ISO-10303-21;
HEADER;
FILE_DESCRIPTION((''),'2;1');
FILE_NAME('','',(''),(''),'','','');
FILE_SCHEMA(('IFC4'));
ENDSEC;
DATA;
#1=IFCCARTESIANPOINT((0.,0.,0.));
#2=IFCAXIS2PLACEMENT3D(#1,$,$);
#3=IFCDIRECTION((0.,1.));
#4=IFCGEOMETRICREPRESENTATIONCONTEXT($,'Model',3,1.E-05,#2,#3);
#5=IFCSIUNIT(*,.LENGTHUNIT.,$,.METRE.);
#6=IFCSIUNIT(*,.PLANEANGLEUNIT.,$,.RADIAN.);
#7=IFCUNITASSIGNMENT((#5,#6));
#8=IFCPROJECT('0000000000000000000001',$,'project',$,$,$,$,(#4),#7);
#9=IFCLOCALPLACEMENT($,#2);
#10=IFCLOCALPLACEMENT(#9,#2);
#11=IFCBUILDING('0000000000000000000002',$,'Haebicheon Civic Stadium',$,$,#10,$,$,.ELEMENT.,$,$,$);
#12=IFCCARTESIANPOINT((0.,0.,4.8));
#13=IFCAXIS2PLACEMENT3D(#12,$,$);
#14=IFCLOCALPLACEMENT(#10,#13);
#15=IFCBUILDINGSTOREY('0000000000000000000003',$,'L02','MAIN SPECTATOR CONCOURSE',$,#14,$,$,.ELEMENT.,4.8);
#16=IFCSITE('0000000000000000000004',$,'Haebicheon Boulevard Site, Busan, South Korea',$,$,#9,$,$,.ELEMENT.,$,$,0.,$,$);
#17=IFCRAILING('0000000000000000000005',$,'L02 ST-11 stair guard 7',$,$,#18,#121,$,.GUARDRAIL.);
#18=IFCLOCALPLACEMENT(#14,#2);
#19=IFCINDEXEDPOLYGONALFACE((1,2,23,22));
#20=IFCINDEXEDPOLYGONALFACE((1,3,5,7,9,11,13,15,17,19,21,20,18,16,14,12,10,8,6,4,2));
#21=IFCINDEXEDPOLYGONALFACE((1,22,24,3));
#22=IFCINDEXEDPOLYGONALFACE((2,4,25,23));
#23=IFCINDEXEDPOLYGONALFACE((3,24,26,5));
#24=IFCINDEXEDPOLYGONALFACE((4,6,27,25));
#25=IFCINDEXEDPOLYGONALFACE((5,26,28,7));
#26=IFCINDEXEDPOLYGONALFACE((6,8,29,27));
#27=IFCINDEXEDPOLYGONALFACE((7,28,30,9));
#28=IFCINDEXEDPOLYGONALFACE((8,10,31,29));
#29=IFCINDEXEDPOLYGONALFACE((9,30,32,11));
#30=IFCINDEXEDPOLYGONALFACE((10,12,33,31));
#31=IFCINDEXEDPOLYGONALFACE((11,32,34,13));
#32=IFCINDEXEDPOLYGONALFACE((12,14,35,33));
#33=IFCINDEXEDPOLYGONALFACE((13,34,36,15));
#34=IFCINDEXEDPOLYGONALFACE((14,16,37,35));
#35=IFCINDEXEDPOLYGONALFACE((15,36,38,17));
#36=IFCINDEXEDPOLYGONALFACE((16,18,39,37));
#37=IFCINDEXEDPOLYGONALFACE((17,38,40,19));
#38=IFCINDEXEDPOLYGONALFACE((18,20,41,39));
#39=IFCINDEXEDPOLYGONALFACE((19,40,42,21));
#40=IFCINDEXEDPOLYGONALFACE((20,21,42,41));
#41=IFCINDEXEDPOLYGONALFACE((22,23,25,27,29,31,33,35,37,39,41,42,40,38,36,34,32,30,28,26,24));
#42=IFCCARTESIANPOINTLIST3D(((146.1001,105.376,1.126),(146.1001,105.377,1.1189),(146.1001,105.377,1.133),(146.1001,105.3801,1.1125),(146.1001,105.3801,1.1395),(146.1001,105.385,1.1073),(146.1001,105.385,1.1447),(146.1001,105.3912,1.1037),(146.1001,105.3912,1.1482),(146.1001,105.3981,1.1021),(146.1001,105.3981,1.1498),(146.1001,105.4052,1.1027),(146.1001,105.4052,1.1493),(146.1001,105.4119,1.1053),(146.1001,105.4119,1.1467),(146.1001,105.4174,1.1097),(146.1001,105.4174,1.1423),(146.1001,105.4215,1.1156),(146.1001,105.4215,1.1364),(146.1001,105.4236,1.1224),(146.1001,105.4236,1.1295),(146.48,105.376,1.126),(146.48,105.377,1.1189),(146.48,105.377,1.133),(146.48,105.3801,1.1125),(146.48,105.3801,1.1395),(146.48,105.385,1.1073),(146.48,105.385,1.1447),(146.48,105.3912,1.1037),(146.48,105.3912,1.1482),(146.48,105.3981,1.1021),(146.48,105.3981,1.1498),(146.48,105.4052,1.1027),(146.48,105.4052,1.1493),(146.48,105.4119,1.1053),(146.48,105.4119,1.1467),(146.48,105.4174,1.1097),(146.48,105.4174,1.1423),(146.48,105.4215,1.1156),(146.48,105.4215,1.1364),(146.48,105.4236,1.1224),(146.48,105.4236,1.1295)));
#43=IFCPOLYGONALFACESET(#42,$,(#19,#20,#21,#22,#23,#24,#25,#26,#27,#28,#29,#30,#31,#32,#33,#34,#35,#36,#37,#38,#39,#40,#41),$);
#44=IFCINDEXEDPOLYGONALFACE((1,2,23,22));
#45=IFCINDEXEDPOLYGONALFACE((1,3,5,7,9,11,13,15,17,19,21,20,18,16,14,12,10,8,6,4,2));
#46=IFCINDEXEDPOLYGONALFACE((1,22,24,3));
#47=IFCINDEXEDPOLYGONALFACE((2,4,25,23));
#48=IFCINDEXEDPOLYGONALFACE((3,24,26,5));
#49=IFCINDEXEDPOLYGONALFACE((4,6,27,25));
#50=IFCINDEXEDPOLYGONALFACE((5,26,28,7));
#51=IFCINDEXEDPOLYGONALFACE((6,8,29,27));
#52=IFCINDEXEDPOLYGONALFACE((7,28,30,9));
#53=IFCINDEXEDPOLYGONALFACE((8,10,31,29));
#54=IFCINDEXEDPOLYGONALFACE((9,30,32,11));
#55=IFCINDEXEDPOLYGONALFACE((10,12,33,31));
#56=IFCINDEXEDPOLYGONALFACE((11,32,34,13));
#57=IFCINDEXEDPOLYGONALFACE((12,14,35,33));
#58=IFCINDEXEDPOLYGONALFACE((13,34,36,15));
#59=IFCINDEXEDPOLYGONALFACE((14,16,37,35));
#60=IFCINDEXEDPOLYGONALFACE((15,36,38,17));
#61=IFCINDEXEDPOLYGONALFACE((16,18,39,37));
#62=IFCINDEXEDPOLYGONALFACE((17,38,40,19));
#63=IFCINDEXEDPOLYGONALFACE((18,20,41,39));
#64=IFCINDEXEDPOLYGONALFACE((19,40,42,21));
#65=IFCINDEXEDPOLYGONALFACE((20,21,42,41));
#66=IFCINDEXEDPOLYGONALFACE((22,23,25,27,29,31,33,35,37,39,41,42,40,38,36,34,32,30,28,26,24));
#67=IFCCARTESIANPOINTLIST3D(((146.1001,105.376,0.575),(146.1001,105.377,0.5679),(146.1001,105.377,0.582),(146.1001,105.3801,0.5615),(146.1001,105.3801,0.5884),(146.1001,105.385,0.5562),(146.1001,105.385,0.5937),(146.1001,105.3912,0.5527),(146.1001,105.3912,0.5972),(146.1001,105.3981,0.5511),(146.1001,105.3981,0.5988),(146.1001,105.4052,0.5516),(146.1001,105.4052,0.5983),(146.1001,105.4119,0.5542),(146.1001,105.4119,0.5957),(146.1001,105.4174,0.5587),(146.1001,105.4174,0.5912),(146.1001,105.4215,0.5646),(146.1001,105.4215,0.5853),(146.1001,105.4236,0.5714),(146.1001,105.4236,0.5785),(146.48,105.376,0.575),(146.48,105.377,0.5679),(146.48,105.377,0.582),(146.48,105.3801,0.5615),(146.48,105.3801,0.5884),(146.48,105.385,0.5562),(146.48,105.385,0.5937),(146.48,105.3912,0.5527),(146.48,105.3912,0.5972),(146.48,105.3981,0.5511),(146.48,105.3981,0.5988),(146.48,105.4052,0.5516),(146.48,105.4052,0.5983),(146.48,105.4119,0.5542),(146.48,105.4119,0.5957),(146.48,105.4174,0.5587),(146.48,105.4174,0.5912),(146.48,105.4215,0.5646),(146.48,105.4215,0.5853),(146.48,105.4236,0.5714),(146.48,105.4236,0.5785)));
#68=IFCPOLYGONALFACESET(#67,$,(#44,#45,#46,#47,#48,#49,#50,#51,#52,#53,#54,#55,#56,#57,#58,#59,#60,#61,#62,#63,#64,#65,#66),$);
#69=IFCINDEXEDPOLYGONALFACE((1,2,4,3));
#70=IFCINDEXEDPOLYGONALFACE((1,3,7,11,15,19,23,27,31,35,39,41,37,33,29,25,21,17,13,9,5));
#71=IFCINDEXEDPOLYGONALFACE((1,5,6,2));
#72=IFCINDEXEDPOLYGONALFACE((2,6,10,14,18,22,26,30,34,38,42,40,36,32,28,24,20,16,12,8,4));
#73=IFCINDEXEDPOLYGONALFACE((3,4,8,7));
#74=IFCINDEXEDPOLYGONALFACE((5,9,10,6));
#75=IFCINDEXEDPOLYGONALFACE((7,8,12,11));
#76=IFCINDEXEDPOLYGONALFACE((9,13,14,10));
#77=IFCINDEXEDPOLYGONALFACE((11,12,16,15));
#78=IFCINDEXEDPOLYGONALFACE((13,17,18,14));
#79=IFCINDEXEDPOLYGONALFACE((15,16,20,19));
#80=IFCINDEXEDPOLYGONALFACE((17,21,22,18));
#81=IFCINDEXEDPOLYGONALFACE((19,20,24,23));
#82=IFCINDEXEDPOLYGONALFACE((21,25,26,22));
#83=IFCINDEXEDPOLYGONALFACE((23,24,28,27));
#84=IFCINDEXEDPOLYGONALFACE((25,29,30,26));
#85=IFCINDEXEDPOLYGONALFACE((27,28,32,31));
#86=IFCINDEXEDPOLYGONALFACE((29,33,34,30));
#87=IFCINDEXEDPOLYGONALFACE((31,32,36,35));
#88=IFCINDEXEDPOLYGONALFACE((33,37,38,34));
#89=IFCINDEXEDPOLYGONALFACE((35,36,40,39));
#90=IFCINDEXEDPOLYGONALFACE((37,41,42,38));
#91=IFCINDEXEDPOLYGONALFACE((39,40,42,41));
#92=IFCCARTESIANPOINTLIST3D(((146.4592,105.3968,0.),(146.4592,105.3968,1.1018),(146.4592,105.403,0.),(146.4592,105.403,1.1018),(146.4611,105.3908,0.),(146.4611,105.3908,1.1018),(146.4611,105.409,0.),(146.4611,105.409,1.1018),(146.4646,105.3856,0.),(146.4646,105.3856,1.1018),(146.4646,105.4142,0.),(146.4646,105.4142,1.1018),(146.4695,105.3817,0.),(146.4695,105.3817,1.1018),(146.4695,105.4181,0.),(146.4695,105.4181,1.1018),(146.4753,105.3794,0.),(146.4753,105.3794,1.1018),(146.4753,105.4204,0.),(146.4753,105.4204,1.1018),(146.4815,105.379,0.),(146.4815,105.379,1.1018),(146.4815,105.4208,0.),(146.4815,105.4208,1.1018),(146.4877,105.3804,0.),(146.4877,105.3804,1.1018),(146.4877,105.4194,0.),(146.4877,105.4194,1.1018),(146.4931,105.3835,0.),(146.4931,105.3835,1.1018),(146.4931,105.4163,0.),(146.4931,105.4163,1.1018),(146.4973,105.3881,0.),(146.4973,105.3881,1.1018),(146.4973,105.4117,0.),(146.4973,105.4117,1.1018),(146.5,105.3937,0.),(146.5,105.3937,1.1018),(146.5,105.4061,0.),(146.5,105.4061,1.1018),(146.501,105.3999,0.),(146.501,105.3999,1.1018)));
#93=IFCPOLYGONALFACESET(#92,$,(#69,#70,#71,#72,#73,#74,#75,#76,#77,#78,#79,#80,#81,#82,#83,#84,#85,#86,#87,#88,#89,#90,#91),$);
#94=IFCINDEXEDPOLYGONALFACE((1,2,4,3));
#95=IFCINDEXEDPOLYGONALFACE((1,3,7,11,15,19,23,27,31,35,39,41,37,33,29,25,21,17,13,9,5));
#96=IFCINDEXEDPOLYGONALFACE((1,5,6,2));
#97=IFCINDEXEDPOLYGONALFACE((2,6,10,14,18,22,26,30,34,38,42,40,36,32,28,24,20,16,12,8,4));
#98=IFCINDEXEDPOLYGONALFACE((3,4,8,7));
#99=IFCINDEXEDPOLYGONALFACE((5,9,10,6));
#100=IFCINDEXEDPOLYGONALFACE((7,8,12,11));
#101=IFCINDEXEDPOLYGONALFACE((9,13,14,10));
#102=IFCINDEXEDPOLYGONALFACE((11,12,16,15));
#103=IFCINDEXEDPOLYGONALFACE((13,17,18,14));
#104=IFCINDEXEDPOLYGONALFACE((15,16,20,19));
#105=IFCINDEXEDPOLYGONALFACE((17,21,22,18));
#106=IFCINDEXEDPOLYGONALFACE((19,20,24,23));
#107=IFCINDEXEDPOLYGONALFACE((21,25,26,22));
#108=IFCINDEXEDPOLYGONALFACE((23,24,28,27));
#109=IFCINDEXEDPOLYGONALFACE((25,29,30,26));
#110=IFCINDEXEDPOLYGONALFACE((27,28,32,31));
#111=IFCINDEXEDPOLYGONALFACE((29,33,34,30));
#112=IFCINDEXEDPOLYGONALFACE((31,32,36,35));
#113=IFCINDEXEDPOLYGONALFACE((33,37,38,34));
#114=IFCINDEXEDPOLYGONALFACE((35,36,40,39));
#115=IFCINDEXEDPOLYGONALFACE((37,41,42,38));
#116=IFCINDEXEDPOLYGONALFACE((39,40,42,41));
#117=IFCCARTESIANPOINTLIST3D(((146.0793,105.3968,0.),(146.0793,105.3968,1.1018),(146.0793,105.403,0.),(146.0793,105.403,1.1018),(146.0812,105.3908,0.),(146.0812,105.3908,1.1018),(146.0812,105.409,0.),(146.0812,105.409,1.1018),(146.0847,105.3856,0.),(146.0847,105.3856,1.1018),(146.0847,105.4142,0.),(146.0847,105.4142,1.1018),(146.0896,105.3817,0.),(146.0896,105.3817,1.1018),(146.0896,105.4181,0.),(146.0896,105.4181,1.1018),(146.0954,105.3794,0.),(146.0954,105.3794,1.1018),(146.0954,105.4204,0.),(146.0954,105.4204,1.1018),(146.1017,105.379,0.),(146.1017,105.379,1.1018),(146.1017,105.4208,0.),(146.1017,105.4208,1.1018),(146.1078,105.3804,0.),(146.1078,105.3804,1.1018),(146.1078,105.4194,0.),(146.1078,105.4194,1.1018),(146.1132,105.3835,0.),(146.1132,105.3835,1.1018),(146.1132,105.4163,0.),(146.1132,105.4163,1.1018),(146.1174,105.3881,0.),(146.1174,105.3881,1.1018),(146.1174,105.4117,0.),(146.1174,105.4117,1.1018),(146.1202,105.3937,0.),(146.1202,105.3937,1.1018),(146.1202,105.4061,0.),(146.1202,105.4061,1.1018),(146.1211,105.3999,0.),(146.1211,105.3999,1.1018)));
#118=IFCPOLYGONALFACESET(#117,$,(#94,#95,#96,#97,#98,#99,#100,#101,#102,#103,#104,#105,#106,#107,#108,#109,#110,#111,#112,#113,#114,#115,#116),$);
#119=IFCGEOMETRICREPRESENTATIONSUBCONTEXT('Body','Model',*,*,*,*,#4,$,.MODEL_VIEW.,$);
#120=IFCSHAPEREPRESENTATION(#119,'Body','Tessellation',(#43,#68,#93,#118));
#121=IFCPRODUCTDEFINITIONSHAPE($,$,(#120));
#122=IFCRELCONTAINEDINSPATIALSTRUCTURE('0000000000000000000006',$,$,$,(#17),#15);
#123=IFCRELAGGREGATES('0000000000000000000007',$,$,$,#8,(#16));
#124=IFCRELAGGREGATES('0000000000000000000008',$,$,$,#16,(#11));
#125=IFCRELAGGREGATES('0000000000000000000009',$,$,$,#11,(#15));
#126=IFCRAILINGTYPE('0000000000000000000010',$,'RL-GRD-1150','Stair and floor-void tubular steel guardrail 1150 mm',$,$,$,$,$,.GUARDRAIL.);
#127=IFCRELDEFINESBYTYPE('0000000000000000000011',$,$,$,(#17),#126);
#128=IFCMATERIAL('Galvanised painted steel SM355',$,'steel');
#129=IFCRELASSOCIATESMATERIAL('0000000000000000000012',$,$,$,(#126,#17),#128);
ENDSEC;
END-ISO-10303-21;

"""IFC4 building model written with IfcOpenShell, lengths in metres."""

from ifc_helpers import new_model, si_unit, direction, frame, origin, origin_2d, place, context, subcontext, project, spatial, circle, extrude, material, type_object, element, save


model = new_model("IFC4")

# Units and contexts
model_context = context("Model", 3, precision=1e-05, world=origin(), true_north=direction((0.0, 1.0)))
body_context = subcontext(model_context, "Body", "Model", "MODEL_VIEW")
ifc_project = project(units=[si_unit("LENGTHUNIT", "METRE"), si_unit("PLANEANGLEUNIT", "RADIAN")], contexts=[model_context])

# Site, building, storey
site_placement = place(None, origin())
site = spatial("IfcSite", under=ifc_project, at=site_placement, Name="Haebicheon Boulevard Site, Busan, South Korea", CompositionType="ELEMENT", RefElevation=0.0)
building_placement = place(site_placement, origin())
building = spatial("IfcBuilding", under=site, at=building_placement, Name="Haebicheon Civic Stadium", CompositionType="ELEMENT")
storey_placement = place(building_placement, frame((0.0, 0.0, 4.8)))
storey = spatial("IfcBuildingStorey", under=building, at=storey_placement, Name="L02", Description="MAIN SPECTATOR CONCOURSE", CompositionType="ELEMENT", Elevation=4.8)

# Railing
ifc_material_1 = material(Name="Galvanised painted steel SM355", Category="steel")
railing_type_1 = type_object("IfcRailingType", Name="RL-GRD-1150", Description="Stair and floor-void tubular steel guardrail 1150 mm", PredefinedType="GUARDRAIL", material=ifc_material_1)
railing_1_placement = place(storey_placement, frame((146.48, 105.3999, 0.0)))
element("IfcRailing", 1, at=railing_1_placement, inside=storey, type_object=railing_type_1, material=ifc_material_1, Name="L02 ST-11 stair guard 7", PredefinedType="GUARDRAIL", context=body_context, shape_type="SweptSolid", body=[
    extrude(circle(Radius=0.0239, at=origin_2d()), frame((0.0, 0.0, 1.126), z_axis=(-1.0, 0.0, 0.0), x_axis=(0.0, -1.0, 0.0)), (0.0, 0.0, 1.0), 0.3799),
    extrude(circle(Radius=0.0239, at=origin_2d()), frame((0.0, 0.0, 0.575), z_axis=(-1.0, 0.0, 0.0), x_axis=(0.0, -1.0, 0.0)), (0.0, 0.0, 1.0), 0.3799),
    extrude(circle(Radius=0.021, at=origin_2d()), origin(), (0.0, 0.0, 1.0), 1.1018),
    extrude(circle(Radius=0.021, at=origin_2d()), frame((-0.3799, 0.0, 0.0)), (0.0, 0.0, 1.0), 1.1018),
])

save(model, "model.ifc")
